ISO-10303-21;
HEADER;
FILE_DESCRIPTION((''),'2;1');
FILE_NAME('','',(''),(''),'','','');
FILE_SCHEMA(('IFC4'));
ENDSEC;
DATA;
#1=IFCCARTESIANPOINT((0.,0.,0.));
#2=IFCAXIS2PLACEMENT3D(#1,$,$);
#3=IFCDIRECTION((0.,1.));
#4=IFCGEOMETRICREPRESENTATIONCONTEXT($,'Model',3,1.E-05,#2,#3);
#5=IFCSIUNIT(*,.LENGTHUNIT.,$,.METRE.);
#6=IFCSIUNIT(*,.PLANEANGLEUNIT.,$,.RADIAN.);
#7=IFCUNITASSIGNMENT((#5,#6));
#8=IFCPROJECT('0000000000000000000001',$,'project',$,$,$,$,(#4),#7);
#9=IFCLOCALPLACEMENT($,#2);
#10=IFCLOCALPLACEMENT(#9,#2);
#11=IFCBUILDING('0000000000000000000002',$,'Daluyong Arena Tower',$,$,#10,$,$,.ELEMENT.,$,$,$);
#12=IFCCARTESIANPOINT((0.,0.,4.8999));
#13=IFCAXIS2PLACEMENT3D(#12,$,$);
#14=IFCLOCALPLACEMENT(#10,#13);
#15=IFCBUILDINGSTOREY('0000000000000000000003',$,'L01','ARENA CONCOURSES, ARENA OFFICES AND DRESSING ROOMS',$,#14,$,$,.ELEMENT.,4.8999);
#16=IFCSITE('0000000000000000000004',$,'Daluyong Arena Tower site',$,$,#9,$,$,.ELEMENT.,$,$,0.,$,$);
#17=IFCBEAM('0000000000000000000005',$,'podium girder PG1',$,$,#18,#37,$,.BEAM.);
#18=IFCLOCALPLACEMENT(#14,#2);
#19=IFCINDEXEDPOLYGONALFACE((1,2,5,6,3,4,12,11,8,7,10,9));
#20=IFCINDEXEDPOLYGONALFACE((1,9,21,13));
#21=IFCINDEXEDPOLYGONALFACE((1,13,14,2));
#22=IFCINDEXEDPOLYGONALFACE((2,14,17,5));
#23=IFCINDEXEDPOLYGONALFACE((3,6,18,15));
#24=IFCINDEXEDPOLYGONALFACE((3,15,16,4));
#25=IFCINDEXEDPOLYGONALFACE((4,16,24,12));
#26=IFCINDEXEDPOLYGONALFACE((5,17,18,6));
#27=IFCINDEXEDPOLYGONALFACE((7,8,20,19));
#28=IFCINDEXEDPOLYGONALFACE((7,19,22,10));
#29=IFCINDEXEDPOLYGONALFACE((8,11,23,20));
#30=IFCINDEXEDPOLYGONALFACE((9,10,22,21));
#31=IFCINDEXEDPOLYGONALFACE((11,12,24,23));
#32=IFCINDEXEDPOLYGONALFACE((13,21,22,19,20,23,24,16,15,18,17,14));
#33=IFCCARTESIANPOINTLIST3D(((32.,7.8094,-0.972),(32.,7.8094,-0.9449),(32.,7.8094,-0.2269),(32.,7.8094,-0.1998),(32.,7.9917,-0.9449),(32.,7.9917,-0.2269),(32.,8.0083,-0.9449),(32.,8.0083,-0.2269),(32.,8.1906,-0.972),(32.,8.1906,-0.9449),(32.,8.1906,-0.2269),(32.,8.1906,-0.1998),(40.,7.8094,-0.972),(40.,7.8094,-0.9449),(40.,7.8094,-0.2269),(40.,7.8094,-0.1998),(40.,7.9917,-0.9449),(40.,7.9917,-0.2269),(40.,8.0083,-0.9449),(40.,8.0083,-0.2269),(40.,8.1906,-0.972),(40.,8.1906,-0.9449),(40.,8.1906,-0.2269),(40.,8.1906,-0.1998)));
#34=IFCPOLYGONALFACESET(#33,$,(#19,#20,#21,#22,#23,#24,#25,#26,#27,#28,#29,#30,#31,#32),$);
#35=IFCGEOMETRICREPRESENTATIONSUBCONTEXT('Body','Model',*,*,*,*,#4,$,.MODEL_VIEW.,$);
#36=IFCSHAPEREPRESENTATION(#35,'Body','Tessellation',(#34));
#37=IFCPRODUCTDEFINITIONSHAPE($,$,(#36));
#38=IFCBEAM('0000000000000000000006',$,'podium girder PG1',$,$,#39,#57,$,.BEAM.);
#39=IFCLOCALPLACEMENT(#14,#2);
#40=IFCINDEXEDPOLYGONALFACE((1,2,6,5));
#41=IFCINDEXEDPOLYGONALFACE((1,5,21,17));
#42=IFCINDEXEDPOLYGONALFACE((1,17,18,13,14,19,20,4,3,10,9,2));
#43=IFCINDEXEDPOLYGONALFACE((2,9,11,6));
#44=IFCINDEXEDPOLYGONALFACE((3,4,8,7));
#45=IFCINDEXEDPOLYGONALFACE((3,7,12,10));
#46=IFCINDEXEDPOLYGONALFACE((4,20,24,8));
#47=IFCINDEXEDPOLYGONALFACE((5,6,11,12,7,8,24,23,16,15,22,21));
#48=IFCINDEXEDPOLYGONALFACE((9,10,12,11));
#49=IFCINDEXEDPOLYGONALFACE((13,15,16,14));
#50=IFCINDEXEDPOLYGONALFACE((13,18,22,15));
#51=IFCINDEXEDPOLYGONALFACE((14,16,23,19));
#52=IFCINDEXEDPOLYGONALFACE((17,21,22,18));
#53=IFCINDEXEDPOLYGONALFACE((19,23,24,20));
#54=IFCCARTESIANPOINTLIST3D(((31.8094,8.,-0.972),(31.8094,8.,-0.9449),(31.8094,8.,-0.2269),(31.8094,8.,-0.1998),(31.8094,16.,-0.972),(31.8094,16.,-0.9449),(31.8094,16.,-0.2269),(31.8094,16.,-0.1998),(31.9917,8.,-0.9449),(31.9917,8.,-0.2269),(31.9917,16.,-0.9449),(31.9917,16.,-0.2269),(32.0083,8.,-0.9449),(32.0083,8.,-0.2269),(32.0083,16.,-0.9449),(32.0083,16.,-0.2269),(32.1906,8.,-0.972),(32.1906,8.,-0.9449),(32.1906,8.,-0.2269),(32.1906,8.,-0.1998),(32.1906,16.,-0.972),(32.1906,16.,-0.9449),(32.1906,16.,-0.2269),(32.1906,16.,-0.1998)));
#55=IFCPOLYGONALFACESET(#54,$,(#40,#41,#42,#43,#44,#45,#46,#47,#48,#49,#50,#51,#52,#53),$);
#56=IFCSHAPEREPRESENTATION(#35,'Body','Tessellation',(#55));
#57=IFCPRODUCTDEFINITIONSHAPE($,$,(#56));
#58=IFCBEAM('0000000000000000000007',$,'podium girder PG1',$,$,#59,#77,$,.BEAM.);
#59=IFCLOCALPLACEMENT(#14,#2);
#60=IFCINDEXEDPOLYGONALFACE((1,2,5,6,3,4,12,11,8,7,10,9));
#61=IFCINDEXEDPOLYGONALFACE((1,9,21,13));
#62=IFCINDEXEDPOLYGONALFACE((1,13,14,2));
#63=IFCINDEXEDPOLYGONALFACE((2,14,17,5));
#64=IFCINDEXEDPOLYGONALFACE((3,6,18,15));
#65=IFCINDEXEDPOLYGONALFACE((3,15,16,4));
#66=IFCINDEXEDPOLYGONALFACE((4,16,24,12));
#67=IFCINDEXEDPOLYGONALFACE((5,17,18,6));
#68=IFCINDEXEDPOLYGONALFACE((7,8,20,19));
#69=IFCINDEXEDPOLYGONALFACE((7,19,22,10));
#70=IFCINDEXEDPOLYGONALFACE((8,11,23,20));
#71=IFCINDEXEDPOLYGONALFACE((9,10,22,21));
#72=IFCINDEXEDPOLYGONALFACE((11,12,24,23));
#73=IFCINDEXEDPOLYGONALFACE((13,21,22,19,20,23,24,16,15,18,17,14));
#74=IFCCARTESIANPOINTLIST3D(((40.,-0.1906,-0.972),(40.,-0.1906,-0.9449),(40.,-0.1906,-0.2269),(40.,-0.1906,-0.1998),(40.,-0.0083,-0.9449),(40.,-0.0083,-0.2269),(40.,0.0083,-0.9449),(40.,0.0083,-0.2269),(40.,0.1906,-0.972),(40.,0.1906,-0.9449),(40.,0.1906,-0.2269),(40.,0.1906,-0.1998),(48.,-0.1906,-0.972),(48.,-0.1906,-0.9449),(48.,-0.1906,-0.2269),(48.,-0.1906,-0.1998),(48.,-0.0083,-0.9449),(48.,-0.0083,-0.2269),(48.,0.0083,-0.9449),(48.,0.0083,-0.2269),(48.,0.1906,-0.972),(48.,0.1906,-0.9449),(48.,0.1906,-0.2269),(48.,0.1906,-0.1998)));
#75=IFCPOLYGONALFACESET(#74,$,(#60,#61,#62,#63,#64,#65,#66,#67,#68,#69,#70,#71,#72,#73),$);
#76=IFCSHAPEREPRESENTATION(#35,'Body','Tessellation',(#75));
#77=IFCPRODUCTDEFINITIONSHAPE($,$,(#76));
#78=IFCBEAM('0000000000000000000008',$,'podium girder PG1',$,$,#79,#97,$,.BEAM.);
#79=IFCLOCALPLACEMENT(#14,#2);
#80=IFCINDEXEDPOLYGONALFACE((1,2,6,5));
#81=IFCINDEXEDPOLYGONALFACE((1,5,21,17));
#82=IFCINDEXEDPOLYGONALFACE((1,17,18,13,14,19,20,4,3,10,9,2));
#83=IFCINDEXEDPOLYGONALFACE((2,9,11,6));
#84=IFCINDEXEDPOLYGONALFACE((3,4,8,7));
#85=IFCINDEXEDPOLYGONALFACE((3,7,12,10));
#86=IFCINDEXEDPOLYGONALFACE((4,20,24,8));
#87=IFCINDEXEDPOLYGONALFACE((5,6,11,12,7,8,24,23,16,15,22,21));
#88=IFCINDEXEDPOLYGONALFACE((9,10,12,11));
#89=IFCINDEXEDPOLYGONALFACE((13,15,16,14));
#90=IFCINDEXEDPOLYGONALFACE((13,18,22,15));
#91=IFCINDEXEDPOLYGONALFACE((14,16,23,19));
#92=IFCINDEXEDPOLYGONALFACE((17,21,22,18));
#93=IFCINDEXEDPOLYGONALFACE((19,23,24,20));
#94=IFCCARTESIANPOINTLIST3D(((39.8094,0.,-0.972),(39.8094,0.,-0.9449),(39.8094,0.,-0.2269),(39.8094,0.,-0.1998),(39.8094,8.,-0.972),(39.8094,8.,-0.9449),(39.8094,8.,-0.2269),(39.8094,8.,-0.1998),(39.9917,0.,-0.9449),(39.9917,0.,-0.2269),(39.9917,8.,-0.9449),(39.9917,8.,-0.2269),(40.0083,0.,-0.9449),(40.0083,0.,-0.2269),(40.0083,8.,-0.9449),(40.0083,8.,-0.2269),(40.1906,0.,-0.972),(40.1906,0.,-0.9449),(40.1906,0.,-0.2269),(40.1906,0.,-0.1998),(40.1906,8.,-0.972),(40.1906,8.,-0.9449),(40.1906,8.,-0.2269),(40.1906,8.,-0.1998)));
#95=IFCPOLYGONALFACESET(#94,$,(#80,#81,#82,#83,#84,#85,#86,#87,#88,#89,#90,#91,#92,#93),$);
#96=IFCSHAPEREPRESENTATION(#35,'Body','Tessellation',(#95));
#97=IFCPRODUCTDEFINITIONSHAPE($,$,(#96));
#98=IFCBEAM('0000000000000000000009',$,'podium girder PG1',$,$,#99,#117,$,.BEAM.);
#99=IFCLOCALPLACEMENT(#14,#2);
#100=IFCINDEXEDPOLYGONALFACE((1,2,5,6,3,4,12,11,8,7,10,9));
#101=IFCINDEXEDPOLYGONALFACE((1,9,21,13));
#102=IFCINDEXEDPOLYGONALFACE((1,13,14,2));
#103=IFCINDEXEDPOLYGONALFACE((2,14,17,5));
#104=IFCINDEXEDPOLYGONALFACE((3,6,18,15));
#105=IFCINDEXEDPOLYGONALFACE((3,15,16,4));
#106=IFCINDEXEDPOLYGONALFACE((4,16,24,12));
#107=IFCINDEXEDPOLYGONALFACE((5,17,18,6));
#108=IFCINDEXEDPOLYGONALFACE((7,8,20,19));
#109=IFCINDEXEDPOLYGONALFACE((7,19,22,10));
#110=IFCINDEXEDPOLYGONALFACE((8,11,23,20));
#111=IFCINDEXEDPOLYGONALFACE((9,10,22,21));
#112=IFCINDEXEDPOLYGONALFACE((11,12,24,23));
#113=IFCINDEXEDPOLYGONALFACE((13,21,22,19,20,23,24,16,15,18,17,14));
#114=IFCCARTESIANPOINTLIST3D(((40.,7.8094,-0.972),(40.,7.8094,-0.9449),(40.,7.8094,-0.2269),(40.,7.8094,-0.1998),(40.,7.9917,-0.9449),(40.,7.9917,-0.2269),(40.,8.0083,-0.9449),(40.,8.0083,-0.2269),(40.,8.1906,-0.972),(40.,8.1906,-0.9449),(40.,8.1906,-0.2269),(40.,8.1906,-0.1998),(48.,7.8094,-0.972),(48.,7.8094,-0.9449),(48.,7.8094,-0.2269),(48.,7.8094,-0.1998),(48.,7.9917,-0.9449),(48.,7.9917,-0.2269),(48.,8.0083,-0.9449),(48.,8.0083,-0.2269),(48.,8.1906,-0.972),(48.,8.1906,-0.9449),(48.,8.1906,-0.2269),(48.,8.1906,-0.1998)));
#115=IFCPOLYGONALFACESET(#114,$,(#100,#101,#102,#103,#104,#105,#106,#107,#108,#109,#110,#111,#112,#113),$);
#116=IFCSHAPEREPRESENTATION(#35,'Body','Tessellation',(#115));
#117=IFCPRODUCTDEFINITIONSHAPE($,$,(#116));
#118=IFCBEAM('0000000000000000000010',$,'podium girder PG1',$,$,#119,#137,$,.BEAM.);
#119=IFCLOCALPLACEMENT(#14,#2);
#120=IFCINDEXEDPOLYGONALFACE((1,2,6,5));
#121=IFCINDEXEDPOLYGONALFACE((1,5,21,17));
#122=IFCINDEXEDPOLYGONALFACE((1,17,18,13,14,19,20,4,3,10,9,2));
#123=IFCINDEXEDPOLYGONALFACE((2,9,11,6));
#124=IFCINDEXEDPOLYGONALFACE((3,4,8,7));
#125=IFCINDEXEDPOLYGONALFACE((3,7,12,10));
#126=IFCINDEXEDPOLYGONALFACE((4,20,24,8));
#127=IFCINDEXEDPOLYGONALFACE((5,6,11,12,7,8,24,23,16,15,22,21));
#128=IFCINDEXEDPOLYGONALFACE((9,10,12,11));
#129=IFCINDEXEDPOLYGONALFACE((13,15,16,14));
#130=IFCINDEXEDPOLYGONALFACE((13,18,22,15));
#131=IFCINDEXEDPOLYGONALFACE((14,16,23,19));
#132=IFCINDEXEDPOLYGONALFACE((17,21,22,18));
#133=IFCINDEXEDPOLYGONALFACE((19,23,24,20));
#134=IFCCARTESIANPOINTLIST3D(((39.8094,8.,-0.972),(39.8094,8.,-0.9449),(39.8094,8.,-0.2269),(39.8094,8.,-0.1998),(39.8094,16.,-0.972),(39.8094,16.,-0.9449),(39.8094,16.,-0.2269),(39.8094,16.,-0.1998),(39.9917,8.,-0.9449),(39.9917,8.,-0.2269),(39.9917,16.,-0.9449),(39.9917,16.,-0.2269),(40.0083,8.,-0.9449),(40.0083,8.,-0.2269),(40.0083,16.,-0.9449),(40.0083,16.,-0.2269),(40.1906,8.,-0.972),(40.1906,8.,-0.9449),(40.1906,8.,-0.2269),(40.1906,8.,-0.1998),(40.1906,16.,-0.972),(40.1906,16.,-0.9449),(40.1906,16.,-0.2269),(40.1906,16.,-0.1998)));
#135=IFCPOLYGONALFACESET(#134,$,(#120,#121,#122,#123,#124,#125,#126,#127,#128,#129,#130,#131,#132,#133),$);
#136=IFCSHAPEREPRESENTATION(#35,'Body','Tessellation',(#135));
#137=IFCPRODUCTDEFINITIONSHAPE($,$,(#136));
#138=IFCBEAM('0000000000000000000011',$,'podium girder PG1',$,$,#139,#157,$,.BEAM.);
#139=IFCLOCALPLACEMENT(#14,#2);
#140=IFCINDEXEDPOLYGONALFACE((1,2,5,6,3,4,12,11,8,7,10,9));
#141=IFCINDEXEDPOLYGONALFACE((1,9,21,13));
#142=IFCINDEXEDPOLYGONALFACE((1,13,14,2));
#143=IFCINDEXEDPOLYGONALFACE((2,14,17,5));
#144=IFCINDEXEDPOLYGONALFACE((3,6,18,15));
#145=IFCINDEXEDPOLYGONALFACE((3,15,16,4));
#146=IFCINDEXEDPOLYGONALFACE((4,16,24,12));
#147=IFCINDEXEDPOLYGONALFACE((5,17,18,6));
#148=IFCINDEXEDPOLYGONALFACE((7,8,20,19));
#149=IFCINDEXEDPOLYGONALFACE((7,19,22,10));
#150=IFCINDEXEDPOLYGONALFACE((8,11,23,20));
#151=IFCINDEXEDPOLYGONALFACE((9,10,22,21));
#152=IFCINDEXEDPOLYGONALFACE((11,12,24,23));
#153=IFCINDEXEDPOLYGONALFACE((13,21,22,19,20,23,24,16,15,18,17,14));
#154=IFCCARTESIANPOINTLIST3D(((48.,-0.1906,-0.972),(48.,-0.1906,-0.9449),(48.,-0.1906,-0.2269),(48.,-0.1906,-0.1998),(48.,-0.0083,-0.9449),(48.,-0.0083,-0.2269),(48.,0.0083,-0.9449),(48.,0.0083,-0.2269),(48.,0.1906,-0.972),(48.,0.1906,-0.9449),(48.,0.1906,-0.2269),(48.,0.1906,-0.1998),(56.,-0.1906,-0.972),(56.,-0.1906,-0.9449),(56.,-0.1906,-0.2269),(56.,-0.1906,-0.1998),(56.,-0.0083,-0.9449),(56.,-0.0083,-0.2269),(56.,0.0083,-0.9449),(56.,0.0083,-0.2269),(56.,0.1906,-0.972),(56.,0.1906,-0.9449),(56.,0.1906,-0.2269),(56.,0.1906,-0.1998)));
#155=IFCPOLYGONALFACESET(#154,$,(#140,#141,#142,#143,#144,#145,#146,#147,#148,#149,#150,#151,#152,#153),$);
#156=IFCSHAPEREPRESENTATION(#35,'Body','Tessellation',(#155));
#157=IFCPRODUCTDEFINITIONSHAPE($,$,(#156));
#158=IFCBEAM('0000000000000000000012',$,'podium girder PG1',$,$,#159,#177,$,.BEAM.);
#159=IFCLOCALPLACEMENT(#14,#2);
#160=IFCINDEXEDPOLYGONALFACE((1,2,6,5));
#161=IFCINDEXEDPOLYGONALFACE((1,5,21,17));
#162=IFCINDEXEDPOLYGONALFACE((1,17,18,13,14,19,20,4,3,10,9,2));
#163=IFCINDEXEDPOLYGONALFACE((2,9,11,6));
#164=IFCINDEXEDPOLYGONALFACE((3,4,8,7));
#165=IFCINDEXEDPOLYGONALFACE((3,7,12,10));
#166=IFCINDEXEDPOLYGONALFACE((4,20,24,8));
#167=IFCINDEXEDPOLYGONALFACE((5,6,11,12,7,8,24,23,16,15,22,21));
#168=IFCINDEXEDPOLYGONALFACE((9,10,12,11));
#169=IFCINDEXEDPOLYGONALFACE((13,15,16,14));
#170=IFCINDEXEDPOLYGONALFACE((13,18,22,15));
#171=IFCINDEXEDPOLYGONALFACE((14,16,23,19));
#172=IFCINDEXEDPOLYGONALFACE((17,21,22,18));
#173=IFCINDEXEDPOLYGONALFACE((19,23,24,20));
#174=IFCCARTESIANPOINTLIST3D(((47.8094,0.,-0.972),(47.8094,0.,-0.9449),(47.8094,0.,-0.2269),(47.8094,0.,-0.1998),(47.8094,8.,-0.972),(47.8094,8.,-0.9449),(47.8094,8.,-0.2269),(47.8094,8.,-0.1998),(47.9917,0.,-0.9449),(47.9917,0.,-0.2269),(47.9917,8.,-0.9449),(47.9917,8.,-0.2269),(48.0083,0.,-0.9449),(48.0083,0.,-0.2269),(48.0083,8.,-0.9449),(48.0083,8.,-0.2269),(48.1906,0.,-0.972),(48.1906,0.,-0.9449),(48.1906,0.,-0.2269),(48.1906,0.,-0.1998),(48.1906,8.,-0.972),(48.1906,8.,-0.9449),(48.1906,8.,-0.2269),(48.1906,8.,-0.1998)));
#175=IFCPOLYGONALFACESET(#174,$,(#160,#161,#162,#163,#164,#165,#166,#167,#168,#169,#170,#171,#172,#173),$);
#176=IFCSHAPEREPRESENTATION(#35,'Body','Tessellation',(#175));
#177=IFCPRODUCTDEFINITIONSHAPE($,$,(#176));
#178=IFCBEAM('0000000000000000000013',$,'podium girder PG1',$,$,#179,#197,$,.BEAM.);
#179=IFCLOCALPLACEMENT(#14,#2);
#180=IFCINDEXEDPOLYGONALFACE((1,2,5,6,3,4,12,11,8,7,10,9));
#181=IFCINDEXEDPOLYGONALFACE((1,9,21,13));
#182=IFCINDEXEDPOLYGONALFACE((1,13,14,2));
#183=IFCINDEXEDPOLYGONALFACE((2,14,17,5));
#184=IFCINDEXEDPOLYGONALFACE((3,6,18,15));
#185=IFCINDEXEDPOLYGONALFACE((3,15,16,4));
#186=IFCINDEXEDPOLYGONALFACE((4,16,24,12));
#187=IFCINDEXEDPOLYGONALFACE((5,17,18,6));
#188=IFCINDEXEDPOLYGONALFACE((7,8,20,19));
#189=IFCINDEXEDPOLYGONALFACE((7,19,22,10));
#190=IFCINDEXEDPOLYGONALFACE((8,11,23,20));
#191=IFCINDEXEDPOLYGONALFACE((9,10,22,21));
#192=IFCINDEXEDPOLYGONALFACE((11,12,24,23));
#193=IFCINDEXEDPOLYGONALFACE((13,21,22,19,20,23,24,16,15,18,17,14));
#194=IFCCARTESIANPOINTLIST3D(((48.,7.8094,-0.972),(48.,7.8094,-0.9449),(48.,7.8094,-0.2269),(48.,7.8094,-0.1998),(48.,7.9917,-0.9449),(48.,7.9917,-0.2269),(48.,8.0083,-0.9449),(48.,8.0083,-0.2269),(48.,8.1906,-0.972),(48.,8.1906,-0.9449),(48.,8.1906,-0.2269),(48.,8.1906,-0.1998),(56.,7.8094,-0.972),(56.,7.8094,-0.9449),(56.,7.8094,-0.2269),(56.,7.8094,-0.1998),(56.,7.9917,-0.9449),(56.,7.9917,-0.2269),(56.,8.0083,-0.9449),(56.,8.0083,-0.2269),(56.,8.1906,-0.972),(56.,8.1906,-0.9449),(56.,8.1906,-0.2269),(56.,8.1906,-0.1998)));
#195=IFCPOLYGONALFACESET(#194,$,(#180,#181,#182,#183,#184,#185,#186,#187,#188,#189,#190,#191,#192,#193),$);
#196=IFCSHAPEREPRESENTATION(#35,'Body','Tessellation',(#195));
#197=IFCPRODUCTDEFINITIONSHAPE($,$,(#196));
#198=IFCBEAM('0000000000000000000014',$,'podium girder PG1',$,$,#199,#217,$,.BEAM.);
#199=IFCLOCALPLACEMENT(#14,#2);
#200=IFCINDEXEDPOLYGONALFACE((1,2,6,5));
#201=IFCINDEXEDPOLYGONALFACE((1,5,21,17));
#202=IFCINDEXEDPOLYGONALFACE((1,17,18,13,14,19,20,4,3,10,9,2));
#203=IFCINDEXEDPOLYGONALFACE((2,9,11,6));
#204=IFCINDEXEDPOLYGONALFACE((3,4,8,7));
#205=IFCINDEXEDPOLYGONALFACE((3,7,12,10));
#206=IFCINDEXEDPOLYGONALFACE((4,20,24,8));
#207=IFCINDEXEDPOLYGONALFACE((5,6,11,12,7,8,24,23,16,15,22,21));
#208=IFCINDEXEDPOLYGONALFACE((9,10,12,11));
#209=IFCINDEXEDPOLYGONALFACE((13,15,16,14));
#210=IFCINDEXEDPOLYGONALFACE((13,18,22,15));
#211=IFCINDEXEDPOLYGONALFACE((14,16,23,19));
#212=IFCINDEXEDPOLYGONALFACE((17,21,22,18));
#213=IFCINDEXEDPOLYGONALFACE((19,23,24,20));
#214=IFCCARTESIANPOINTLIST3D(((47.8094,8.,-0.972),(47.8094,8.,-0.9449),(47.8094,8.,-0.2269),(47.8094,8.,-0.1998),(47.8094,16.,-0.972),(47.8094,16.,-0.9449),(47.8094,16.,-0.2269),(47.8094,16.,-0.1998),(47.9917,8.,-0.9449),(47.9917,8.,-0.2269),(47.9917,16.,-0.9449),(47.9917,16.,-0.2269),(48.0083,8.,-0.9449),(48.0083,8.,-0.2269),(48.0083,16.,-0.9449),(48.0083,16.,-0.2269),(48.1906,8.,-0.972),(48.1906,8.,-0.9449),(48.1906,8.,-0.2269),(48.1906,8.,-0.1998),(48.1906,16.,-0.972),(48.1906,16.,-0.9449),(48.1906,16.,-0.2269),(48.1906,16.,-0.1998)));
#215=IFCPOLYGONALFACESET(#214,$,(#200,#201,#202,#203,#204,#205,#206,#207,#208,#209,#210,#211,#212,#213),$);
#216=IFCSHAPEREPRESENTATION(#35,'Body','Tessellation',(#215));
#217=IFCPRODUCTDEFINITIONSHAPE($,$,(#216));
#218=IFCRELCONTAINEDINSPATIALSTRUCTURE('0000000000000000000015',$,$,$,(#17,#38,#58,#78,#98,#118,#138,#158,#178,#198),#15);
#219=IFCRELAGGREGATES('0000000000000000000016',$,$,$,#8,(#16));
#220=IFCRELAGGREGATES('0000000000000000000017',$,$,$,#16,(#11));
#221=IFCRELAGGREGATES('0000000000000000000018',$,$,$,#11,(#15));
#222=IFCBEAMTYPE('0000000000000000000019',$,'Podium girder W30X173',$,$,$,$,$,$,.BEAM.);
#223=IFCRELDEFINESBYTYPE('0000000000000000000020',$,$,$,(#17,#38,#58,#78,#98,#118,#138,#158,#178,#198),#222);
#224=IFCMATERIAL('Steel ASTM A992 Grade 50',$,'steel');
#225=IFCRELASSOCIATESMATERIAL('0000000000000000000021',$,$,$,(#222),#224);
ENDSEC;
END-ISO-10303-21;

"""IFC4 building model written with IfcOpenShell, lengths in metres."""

from ifc_helpers import new_model, si_unit, direction, frame, origin, origin_2d, place, context, subcontext, project, spatial, i_section, extrude, material, material_profile, profile_set, type_object, element, save


model = new_model("IFC4")

# Units and contexts
model_context = context("Model", 3, precision=1e-05, world=origin(), true_north=direction((0.0, 1.0)))
body_context = subcontext(model_context, "Body", "Model", "MODEL_VIEW")
ifc_project = project(units=[si_unit("LENGTHUNIT", "METRE"), si_unit("PLANEANGLEUNIT", "RADIAN")], contexts=[model_context])

# Site, building, storey
site_placement = place(None, origin())
site = spatial("IfcSite", under=ifc_project, at=site_placement, Name="Daluyong Arena Tower site", CompositionType="ELEMENT", RefElevation=0.0)
building_placement = place(site_placement, origin())
building = spatial("IfcBuilding", under=site, at=building_placement, Name="Daluyong Arena Tower", CompositionType="ELEMENT")
storey_placement = place(building_placement, frame((0.0, 0.0, 4.8999)))
storey = spatial("IfcBuildingStorey", under=building, at=storey_placement, Name="L01", Description="ARENA CONCOURSES, ARENA OFFICES AND DRESSING ROOMS", CompositionType="ELEMENT", Elevation=4.8999)

# Beams
ifc_material_1 = material(Name="Steel ASTM A992 Grade 50", Category="steel")
ifc_material_profile_1 = material_profile(ifc_material_1, i_section(OverallWidth=0.3811, OverallDepth=0.7722, WebThickness=0.0166, FlangeThickness=0.0271, at=origin_2d()))
ifc_profile_set_1 = profile_set([ifc_material_profile_1], Name="Steel ASTM A992 Grade 50")
beam_type_1 = type_object("IfcBeamType", Name="Podium girder W30X173", PredefinedType="BEAM", material=ifc_profile_set_1)
for number, where, z_axis, x_axis, name in (
    (1, (32.0, 8.0, -0.5859), (1.0, 0.0, 0.0), (0.0, 1.0, 0.0), "podium girder PG1"),
    (2, (32.0, 8.0, -0.5859), (0.0, 1.0, 0.0), (-1.0, 0.0, 0.0), "podium girder PG1"),
    (3, (40.0, 0.0, -0.5859), (1.0, 0.0, 0.0), (0.0, 1.0, 0.0), "podium girder PG1"),
    (4, (40.0, 0.0, -0.5859), (0.0, 1.0, 0.0), (-1.0, 0.0, 0.0), "podium girder PG1"),
    (5, (40.0, 8.0, -0.5859), (1.0, 0.0, 0.0), (0.0, 1.0, 0.0), "podium girder PG1"),
    (6, (40.0, 8.0, -0.5859), (0.0, 1.0, 0.0), (-1.0, 0.0, 0.0), "podium girder PG1"),
    (7, (48.0, 0.0, -0.5859), (1.0, 0.0, 0.0), (0.0, 1.0, 0.0), "podium girder PG1"),
    (8, (48.0, 0.0, -0.5859), (0.0, 1.0, 0.0), (-1.0, 0.0, 0.0), "podium girder PG1"),
    (9, (48.0, 8.0, -0.5859), (1.0, 0.0, 0.0), (0.0, 1.0, 0.0), "podium girder PG1"),
    (10, (48.0, 8.0, -0.5859), (0.0, 1.0, 0.0), (-1.0, 0.0, 0.0), "podium girder PG1"),
):
    element("IfcBeam", number, at=place(storey_placement, frame(where, z_axis=z_axis, x_axis=x_axis)), inside=storey, type_object=beam_type_1, Name=name, PredefinedType="BEAM", context=body_context, shape_type="SweptSolid", body=[
        extrude(i_section(OverallWidth=0.3811, OverallDepth=0.7722, WebThickness=0.0166, FlangeThickness=0.0271, at=origin_2d()), origin(), (0.0, 0.0, 1.0), 8.0),
    ])

save(model, "model.ifc")
